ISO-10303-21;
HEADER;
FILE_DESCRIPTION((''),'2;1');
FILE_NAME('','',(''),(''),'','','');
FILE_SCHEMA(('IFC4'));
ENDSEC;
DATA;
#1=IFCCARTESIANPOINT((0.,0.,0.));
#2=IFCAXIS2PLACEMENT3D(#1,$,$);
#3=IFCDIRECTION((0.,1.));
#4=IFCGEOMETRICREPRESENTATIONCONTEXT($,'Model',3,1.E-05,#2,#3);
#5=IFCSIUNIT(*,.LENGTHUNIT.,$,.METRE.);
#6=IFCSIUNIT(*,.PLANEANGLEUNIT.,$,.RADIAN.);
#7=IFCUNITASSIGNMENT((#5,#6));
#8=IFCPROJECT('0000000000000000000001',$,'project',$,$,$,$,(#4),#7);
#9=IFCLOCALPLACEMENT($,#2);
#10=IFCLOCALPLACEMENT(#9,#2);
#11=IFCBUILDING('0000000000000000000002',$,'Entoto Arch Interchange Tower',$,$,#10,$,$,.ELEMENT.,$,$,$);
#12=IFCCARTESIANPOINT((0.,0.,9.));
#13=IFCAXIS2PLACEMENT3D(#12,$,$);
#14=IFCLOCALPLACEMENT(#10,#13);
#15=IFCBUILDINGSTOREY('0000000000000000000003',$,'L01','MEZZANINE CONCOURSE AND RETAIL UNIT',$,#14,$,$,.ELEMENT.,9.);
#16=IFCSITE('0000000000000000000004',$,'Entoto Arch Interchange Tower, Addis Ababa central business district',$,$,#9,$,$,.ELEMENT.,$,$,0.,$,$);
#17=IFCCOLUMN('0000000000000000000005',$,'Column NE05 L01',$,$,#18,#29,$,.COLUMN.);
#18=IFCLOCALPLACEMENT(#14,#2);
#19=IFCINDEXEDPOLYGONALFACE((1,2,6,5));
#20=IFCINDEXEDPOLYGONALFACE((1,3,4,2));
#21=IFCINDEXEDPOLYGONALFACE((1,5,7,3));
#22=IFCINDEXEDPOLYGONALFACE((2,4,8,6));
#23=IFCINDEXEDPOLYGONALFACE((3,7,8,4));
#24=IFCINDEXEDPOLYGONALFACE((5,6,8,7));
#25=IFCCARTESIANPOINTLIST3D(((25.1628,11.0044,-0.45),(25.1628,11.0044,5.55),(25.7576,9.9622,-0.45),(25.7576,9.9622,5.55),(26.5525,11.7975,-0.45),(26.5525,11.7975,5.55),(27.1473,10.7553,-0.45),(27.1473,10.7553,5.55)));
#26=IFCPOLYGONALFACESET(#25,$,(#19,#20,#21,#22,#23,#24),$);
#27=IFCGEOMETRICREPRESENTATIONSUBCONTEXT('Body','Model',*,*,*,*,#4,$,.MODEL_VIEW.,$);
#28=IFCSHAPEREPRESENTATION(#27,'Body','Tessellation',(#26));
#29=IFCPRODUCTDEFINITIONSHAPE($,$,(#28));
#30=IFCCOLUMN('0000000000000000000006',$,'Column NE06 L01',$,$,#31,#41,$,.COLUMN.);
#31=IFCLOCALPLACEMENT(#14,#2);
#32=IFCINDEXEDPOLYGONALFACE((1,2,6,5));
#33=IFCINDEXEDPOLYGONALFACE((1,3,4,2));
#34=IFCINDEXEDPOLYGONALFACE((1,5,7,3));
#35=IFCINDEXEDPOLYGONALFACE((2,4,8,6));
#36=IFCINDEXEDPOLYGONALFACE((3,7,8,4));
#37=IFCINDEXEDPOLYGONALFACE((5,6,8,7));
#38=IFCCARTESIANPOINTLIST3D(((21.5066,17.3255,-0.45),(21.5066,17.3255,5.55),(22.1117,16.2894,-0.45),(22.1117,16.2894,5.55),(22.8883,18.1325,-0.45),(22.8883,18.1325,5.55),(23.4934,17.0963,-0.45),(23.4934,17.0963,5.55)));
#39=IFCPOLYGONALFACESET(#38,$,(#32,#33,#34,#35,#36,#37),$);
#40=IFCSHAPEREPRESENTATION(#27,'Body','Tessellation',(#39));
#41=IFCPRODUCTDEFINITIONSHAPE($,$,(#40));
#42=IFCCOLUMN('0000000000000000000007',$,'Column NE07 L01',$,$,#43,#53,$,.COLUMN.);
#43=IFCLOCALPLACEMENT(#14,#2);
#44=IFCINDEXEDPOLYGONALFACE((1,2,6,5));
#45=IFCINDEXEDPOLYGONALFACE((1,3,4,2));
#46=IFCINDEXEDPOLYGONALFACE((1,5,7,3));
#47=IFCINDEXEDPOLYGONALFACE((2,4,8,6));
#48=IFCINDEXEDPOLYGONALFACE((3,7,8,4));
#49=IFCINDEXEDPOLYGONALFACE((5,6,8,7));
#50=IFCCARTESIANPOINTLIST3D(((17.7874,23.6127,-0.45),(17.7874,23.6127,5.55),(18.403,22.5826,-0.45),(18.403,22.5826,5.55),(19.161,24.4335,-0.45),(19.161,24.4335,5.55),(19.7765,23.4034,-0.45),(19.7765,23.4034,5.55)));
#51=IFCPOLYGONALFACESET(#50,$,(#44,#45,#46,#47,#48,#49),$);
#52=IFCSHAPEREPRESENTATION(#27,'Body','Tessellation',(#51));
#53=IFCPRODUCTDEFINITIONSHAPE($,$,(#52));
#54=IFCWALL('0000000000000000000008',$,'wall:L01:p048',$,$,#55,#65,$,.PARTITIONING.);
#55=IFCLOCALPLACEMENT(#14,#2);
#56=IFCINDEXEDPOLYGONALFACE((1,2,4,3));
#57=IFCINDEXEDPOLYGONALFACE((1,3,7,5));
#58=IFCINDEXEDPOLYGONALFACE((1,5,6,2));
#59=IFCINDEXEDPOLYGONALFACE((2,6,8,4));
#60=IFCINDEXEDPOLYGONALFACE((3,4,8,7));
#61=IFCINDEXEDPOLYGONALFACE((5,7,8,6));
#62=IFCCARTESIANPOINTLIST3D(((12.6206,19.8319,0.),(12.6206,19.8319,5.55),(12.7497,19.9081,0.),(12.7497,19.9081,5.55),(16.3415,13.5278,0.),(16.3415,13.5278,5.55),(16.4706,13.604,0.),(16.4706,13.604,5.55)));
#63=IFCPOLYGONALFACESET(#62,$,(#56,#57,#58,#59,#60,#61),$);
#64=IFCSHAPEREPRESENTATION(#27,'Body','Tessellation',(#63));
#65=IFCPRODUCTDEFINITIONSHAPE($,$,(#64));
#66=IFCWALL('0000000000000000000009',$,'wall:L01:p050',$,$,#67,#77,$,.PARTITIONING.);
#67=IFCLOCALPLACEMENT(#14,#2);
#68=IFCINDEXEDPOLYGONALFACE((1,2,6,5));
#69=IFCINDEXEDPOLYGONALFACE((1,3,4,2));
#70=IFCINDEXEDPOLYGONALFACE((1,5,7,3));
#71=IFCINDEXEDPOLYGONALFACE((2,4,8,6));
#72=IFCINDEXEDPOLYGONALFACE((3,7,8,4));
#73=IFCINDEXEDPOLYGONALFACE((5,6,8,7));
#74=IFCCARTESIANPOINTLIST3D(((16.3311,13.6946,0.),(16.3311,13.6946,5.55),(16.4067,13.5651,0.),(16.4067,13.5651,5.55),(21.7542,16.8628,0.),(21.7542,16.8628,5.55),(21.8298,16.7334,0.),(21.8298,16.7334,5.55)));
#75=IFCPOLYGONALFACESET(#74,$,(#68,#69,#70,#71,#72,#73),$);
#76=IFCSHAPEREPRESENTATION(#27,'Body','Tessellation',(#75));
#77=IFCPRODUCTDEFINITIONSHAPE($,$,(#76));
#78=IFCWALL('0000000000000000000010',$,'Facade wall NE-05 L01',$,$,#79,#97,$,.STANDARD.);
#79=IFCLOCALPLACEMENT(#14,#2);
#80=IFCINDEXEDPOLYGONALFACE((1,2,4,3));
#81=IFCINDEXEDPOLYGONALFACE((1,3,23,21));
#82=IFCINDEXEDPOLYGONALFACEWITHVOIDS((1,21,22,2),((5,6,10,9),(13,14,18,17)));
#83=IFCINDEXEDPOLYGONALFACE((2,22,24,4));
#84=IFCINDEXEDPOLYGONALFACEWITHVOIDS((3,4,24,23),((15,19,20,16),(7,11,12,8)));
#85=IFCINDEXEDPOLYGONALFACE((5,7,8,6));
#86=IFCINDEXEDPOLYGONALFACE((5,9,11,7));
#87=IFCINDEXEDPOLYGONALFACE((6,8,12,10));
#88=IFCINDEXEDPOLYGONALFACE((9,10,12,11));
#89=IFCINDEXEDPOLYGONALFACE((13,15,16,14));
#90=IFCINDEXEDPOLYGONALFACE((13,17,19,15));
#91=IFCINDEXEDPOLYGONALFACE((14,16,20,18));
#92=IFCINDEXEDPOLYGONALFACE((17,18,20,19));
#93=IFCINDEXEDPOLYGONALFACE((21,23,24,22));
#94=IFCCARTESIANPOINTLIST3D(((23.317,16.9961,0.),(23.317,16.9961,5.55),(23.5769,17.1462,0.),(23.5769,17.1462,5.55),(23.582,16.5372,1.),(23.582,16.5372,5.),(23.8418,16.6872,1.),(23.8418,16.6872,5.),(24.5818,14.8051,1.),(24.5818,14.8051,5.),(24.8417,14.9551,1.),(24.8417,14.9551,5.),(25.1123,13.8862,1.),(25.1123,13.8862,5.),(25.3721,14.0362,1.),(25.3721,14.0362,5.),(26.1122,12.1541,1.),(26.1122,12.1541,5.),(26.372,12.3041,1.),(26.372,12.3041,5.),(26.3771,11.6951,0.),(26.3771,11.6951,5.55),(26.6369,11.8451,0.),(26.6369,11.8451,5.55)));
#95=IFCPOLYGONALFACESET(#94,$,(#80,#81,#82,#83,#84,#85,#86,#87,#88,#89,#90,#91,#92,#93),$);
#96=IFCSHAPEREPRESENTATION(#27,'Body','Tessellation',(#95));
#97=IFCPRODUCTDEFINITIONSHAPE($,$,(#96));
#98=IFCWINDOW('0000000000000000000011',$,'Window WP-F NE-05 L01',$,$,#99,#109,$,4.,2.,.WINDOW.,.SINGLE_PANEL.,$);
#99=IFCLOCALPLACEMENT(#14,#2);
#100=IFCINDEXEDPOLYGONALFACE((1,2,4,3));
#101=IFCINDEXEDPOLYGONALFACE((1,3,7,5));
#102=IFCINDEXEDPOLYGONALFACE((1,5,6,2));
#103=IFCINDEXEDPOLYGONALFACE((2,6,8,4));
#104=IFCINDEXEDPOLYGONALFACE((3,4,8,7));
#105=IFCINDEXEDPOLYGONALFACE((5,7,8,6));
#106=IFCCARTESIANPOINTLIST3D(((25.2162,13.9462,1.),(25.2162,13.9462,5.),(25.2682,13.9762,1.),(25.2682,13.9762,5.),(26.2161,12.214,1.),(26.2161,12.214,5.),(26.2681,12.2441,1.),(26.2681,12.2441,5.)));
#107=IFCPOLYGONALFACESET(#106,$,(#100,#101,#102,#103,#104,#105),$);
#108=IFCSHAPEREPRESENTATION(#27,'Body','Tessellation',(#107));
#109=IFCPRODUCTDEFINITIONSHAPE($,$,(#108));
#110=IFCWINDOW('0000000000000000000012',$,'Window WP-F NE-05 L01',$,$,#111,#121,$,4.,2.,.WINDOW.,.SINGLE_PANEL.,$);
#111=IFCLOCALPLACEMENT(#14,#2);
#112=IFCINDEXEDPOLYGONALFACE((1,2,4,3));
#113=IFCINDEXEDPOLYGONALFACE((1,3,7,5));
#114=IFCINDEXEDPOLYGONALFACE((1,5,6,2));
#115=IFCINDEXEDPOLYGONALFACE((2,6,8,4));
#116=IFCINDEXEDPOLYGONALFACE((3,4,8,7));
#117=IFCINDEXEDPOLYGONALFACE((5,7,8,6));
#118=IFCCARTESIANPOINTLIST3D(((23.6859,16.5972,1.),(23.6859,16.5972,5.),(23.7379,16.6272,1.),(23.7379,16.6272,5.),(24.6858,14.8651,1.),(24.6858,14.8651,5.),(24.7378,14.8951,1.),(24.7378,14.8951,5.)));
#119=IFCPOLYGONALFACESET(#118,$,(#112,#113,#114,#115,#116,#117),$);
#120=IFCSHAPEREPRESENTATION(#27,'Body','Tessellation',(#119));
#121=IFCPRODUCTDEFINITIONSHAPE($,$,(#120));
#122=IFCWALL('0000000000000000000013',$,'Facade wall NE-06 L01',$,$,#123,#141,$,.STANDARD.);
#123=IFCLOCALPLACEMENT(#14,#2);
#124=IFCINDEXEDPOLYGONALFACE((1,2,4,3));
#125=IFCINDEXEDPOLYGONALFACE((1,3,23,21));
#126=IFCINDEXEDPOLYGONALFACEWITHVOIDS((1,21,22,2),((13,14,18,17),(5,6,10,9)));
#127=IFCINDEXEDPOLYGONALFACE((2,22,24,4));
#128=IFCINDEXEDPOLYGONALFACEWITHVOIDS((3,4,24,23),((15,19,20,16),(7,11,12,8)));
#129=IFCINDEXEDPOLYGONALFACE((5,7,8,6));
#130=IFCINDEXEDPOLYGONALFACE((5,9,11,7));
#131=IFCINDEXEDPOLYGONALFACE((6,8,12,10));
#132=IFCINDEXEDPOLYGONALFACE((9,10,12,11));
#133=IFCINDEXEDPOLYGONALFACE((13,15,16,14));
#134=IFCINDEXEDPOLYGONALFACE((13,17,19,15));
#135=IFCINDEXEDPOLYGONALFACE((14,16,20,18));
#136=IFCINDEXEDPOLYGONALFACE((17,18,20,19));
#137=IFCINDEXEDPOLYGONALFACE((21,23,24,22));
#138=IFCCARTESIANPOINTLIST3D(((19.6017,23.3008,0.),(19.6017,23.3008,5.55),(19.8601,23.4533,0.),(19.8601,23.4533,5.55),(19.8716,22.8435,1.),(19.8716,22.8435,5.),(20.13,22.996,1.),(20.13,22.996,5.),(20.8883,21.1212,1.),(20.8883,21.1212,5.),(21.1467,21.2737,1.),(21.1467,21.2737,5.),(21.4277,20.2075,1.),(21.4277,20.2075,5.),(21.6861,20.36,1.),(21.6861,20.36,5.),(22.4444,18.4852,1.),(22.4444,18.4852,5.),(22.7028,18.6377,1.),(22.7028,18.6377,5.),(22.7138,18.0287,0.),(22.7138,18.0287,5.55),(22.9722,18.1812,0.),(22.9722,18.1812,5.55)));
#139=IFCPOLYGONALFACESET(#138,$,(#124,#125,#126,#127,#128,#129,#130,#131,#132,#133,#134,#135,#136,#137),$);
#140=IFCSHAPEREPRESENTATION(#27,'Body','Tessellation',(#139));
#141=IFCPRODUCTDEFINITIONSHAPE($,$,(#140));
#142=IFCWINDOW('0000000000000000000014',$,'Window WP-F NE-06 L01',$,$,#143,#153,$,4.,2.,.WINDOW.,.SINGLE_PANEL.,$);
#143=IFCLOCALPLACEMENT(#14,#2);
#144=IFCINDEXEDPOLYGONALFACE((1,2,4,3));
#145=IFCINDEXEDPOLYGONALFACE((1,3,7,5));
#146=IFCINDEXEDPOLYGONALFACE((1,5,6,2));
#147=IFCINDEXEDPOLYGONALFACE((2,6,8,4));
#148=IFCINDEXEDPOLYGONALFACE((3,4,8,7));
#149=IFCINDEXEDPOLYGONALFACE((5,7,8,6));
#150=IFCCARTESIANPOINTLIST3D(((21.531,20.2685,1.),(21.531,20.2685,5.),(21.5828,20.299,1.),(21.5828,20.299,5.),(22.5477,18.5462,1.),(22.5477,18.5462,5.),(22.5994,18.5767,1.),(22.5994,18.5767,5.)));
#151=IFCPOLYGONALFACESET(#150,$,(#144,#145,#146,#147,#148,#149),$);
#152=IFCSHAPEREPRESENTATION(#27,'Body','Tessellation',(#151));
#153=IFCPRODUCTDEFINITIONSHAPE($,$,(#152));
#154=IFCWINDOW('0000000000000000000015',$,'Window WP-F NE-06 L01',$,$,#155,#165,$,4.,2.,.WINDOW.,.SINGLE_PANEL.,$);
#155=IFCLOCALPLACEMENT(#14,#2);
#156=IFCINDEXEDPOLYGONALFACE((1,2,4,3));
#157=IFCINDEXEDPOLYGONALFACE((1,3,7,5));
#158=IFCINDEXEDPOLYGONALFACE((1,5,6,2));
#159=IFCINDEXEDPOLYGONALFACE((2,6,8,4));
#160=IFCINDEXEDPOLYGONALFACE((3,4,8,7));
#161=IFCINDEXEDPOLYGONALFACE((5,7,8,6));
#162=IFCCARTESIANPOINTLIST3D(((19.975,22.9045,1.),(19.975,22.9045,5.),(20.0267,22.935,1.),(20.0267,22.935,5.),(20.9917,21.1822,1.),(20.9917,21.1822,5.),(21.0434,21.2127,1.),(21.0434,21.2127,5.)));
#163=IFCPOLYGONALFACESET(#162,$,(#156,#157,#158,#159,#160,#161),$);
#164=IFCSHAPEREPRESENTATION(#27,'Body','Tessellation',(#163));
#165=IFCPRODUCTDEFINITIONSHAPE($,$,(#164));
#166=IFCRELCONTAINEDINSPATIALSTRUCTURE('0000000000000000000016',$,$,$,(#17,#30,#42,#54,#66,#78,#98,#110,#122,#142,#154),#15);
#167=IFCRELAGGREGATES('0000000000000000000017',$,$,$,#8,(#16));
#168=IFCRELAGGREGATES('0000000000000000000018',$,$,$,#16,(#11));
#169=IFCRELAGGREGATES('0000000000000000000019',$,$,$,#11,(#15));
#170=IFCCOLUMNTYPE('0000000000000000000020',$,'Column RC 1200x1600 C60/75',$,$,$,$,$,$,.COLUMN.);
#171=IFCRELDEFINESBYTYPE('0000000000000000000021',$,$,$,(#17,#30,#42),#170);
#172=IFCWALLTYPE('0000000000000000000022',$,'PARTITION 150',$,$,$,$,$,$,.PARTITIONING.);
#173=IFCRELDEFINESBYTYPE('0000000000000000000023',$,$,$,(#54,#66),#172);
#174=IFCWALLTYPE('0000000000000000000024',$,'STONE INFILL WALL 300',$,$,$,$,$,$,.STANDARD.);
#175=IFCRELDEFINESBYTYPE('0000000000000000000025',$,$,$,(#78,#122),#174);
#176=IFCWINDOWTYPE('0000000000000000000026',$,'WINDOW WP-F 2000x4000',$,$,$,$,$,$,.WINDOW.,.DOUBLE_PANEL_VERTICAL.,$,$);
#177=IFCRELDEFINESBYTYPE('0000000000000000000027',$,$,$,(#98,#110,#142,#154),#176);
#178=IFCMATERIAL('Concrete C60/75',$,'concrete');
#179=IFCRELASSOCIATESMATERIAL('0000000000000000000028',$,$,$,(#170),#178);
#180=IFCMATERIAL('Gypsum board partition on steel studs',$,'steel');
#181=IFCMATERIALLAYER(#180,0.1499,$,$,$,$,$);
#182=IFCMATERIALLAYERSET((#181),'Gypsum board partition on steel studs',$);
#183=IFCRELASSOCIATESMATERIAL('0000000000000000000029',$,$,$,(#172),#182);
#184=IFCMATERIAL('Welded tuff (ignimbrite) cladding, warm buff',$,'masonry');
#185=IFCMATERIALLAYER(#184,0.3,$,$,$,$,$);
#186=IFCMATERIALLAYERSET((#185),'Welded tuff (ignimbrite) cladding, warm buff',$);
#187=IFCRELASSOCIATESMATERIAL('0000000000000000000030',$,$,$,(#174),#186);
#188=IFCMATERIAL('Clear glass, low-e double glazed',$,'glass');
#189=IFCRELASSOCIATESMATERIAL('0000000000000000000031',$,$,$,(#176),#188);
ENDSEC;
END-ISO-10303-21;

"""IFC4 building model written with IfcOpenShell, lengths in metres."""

from ifc_helpers import new_model, si_unit, direction, frame, frame_2d, origin, origin_2d, place, context, subcontext, project, spatial, rectangle, extrude, material, layer, layer_set, material_profile, profile_set, type_object, element, fill, save


model = new_model("IFC4")

# Units and contexts
model_context = context("Model", 3, precision=1e-05, world=origin(), true_north=direction((0.0, 1.0)))
body_context = subcontext(model_context, "Body", "Model", "MODEL_VIEW")
ifc_project = project(units=[si_unit("LENGTHUNIT", "METRE"), si_unit("PLANEANGLEUNIT", "RADIAN")], contexts=[model_context])

# Site, building, storey
site_placement = place(None, origin())
site = spatial("IfcSite", under=ifc_project, at=site_placement, Name="Entoto Arch Interchange Tower, Addis Ababa central business district", CompositionType="ELEMENT", RefElevation=0.0)
building_placement = place(site_placement, origin())
building = spatial("IfcBuilding", under=site, at=building_placement, Name="Entoto Arch Interchange Tower", CompositionType="ELEMENT")
storey_placement = place(building_placement, frame((0.0, 0.0, 9.0)))
storey = spatial("IfcBuildingStorey", under=building, at=storey_placement, Name="L01", Description="MEZZANINE CONCOURSE AND RETAIL UNIT", CompositionType="ELEMENT", Elevation=9.0)

# Columns
ifc_material_1 = material(Name="Concrete C60/75", Category="concrete")
ifc_material_profile = material_profile(ifc_material_1, rectangle(XDim=1.2, YDim=1.6001, at=origin_2d()))
ifc_profile_set = profile_set([ifc_material_profile], Name="Concrete C60/75")
column_type = type_object("IfcColumnType", Name="Column RC 1200x1600 C60/75", PredefinedType="COLUMN", material=ifc_profile_set)
for number, where, z_axis, x_axis, name in (
    (1, (26.155, 10.8799, -0.45), (0.0, 0.0, 1.0), (-0.495656, 0.868519, 0.0), "Column NE05 L01"),
    (2, (22.5, 17.2109, -0.45), (0.0, 0.0, 1.0), (-0.504332, 0.86351, 0.0), "Column NE06 L01"),
    (3, (18.782, 23.5081, -0.45), (0.0, 0.0, 1.0), (-0.512972, 0.858405, 0.0), "Column NE07 L01"),
):
    element("IfcColumn", number, at=place(storey_placement, frame(where, z_axis=z_axis, x_axis=x_axis)), inside=storey, type_object=column_type, Name=name, PredefinedType="COLUMN", context=body_context, shape_type="SweptSolid", body=[
        extrude(rectangle(XDim=1.2, YDim=1.6001, at=origin_2d()), origin(), (0.0, 0.0, 1.0), 6.0),
    ])

# Walls
ifc_material_2 = material(Name="Gypsum board partition on steel studs", Category="steel")
ifc_layer_1 = layer(ifc_material_2, 0.1499)
ifc_layer_set_1 = layer_set([ifc_layer_1], Name="Gypsum board partition on steel studs")
wall_type_1 = type_object("IfcWallType", Name="PARTITION 150", PredefinedType="PARTITIONING", material=ifc_layer_set_1)
wall_1_placement = place(storey_placement, frame((16.406, 13.5659, 0.0), z_axis=(0.0, 0.0, 1.0), x_axis=(-0.508298, 0.861181, 0.0)))
element("IfcWall", 4, at=wall_1_placement, inside=storey, type_object=wall_type_1, Name="wall:L01:p048", PredefinedType="PARTITIONING", context=body_context, shape_type="SweptSolid", body=[
    extrude(rectangle(XDim=7.3203, YDim=0.1499, at=frame_2d((3.6602, 0.0))), origin(), (0.0, 0.0, 1.0), 5.55),
])
wall_2_placement = place(storey_placement, frame((21.792, 16.7981, 0.0), z_axis=(0.0, 0.0, 1.0), x_axis=(-0.86345, -0.504434, 0.0)))
element("IfcWall", 5, at=wall_2_placement, inside=storey, type_object=wall_type_1, Name="wall:L01:p050", PredefinedType="PARTITIONING", context=body_context, shape_type="SweptSolid", body=[
    extrude(rectangle(XDim=6.2808, YDim=0.1499, at=frame_2d((3.1404, 0.0))), origin(), (0.0, 0.0, 1.0), 5.55),
])

# Walls, openings, windows
ifc_material_3 = material(Name="Welded tuff (ignimbrite) cladding, warm buff", Category="masonry")
ifc_layer_2 = layer(ifc_material_3, 0.3)
ifc_layer_set_2 = layer_set([ifc_layer_2], Name="Welded tuff (ignimbrite) cladding, warm buff")
wall_type_2 = type_object("IfcWallType", Name="STONE INFILL WALL 300", PredefinedType="STANDARD", material=ifc_layer_set_2)
wall_3_placement = place(storey_placement, frame((26.5071, 11.77, 0.0), z_axis=(0.0, 0.0, 1.0), x_axis=(-0.49994, 0.86606, 0.0)))
wall_3 = element("IfcWall", 6, at=wall_3_placement, inside=storey, type_object=wall_type_2, Name="Facade wall NE-05 L01", PredefinedType="STANDARD", context=body_context, shape_type="SweptSolid", body=[
    extrude(rectangle(XDim=6.1208, YDim=0.3, at=frame_2d((3.0605, 0.0))), origin(), (0.0, 0.0, 1.0), 5.55),
])
opening_1_placement = place(wall_3_placement, frame((0.53, 0.0, 1.0)))
opening_1 = element("IfcOpeningElement", 7, at=opening_1_placement, cuts=wall_3, PredefinedType="OPENING", context=body_context, shape_type="SweptSolid", body=[
    extrude(rectangle(XDim=2.0, YDim=4.0, at=frame_2d((1.0, 2.0))), frame((0.0, 0.1602, 0.0), z_axis=(0.0, -1.0, 0.0), x_axis=(1.0, 0.0, 0.0)), (0.0, 0.0, 1.0), 0.3201),
])
opening_2_placement = place(wall_3_placement, frame((3.5911, 0.0, 1.0)))
opening_2 = element("IfcOpeningElement", 8, at=opening_2_placement, cuts=wall_3, PredefinedType="OPENING", context=body_context, shape_type="SweptSolid", body=[
    extrude(rectangle(XDim=2.0, YDim=4.0, at=frame_2d((1.0, 2.0))), frame((0.0, 0.1602, 0.0), z_axis=(0.0, -1.0, 0.0), x_axis=(1.0, 0.0, 0.0)), (0.0, 0.0, 1.0), 0.3201),
])
ifc_material_4 = material(Name="Clear glass, low-e double glazed", Category="glass")
window_type = type_object("IfcWindowType", Name="WINDOW WP-F 2000x4000", PartitioningType="DOUBLE_PANEL_VERTICAL", PredefinedType="WINDOW", material=ifc_material_4)
window_1_placement = place(opening_1_placement, origin())
window_1 = element("IfcWindow", 9, at=window_1_placement, inside=storey, type_object=window_type, Name="Window WP-F NE-05 L01", OverallHeight=4.0, OverallWidth=2.0, PartitioningType="SINGLE_PANEL", PredefinedType="WINDOW", context=body_context, shape_type="SweptSolid", body=[
    extrude(rectangle(XDim=2.0, YDim=4.0, at=frame_2d((1.0, 2.0))), frame((0.0, 0.03, 0.0), z_axis=(0.0, -1.0, 0.0), x_axis=(1.0, 0.0, 0.0)), (0.0, 0.0, 1.0), 0.0601),
])
fill(opening_1, window_1)
window_2_placement = place(opening_2_placement, origin())
window_2 = element("IfcWindow", 10, at=window_2_placement, inside=storey, type_object=window_type, Name="Window WP-F NE-05 L01", OverallHeight=4.0, OverallWidth=2.0, PartitioningType="SINGLE_PANEL", PredefinedType="WINDOW", context=body_context, shape_type="SweptSolid", body=[
    extrude(rectangle(XDim=2.0, YDim=4.0, at=frame_2d((1.0, 2.0))), frame((0.0, 0.03, 0.0), z_axis=(0.0, -1.0, 0.0), x_axis=(1.0, 0.0, 0.0)), (0.0, 0.0, 1.0), 0.0601),
])
fill(opening_2, window_2)
wall_4_placement = place(storey_placement, frame((22.843, 18.105, 0.0), z_axis=(0.0, 0.0, 1.0), x_axis=(-0.508342, 0.861155, 0.0)))
wall_4 = element("IfcWall", 11, at=wall_4_placement, inside=storey, type_object=wall_type_2, Name="Facade wall NE-06 L01", PredefinedType="STANDARD", context=body_context, shape_type="SweptSolid", body=[
    extrude(rectangle(XDim=6.1221, YDim=0.3, at=frame_2d((3.061, 0.0))), origin(), (0.0, 0.0, 1.0), 5.55),
])
opening_3_placement = place(wall_4_placement, frame((0.53, 0.0, 1.0)))
opening_3 = element("IfcOpeningElement", 12, at=opening_3_placement, cuts=wall_4, PredefinedType="OPENING", context=body_context, shape_type="SweptSolid", body=[
    extrude(rectangle(XDim=2.0, YDim=4.0, at=frame_2d((1.0, 2.0))), frame((0.0, 0.1602, 0.0), z_axis=(0.0, -1.0, 0.0), x_axis=(1.0, 0.0, 0.0)), (0.0, 0.0, 1.0), 0.3201),
])
opening_4_placement = place(wall_4_placement, frame((3.5911, 0.0, 1.0)))
opening_4 = element("IfcOpeningElement", 13, at=opening_4_placement, cuts=wall_4, PredefinedType="OPENING", context=body_context, shape_type="SweptSolid", body=[
    extrude(rectangle(XDim=2.0, YDim=4.0, at=frame_2d((1.0, 2.0))), frame((0.0, 0.1602, 0.0), z_axis=(0.0, -1.0, 0.0), x_axis=(1.0, 0.0, 0.0)), (0.0, 0.0, 1.0), 0.3201),
])
window_3_placement = place(opening_3_placement, origin())
window_3 = element("IfcWindow", 14, at=window_3_placement, inside=storey, type_object=window_type, Name="Window WP-F NE-06 L01", OverallHeight=4.0, OverallWidth=2.0, PartitioningType="SINGLE_PANEL", PredefinedType="WINDOW", context=body_context, shape_type="SweptSolid", body=[
    extrude(rectangle(XDim=2.0, YDim=4.0, at=frame_2d((1.0, 2.0))), frame((0.0, 0.03, 0.0), z_axis=(0.0, -1.0, 0.0), x_axis=(1.0, 0.0, 0.0)), (0.0, 0.0, 1.0), 0.0601),
])
fill(opening_3, window_3)
window_4_placement = place(opening_4_placement, origin())
window_4 = element("IfcWindow", 15, at=window_4_placement, inside=storey, type_object=window_type, Name="Window WP-F NE-06 L01", OverallHeight=4.0, OverallWidth=2.0, PartitioningType="SINGLE_PANEL", PredefinedType="WINDOW", context=body_context, shape_type="SweptSolid", body=[
    extrude(rectangle(XDim=2.0, YDim=4.0, at=frame_2d((1.0, 2.0))), frame((0.0, 0.03, 0.0), z_axis=(0.0, -1.0, 0.0), x_axis=(1.0, 0.0, 0.0)), (0.0, 0.0, 1.0), 0.0601),
])
fill(opening_4, window_4)

save(model, "model.ifc")
